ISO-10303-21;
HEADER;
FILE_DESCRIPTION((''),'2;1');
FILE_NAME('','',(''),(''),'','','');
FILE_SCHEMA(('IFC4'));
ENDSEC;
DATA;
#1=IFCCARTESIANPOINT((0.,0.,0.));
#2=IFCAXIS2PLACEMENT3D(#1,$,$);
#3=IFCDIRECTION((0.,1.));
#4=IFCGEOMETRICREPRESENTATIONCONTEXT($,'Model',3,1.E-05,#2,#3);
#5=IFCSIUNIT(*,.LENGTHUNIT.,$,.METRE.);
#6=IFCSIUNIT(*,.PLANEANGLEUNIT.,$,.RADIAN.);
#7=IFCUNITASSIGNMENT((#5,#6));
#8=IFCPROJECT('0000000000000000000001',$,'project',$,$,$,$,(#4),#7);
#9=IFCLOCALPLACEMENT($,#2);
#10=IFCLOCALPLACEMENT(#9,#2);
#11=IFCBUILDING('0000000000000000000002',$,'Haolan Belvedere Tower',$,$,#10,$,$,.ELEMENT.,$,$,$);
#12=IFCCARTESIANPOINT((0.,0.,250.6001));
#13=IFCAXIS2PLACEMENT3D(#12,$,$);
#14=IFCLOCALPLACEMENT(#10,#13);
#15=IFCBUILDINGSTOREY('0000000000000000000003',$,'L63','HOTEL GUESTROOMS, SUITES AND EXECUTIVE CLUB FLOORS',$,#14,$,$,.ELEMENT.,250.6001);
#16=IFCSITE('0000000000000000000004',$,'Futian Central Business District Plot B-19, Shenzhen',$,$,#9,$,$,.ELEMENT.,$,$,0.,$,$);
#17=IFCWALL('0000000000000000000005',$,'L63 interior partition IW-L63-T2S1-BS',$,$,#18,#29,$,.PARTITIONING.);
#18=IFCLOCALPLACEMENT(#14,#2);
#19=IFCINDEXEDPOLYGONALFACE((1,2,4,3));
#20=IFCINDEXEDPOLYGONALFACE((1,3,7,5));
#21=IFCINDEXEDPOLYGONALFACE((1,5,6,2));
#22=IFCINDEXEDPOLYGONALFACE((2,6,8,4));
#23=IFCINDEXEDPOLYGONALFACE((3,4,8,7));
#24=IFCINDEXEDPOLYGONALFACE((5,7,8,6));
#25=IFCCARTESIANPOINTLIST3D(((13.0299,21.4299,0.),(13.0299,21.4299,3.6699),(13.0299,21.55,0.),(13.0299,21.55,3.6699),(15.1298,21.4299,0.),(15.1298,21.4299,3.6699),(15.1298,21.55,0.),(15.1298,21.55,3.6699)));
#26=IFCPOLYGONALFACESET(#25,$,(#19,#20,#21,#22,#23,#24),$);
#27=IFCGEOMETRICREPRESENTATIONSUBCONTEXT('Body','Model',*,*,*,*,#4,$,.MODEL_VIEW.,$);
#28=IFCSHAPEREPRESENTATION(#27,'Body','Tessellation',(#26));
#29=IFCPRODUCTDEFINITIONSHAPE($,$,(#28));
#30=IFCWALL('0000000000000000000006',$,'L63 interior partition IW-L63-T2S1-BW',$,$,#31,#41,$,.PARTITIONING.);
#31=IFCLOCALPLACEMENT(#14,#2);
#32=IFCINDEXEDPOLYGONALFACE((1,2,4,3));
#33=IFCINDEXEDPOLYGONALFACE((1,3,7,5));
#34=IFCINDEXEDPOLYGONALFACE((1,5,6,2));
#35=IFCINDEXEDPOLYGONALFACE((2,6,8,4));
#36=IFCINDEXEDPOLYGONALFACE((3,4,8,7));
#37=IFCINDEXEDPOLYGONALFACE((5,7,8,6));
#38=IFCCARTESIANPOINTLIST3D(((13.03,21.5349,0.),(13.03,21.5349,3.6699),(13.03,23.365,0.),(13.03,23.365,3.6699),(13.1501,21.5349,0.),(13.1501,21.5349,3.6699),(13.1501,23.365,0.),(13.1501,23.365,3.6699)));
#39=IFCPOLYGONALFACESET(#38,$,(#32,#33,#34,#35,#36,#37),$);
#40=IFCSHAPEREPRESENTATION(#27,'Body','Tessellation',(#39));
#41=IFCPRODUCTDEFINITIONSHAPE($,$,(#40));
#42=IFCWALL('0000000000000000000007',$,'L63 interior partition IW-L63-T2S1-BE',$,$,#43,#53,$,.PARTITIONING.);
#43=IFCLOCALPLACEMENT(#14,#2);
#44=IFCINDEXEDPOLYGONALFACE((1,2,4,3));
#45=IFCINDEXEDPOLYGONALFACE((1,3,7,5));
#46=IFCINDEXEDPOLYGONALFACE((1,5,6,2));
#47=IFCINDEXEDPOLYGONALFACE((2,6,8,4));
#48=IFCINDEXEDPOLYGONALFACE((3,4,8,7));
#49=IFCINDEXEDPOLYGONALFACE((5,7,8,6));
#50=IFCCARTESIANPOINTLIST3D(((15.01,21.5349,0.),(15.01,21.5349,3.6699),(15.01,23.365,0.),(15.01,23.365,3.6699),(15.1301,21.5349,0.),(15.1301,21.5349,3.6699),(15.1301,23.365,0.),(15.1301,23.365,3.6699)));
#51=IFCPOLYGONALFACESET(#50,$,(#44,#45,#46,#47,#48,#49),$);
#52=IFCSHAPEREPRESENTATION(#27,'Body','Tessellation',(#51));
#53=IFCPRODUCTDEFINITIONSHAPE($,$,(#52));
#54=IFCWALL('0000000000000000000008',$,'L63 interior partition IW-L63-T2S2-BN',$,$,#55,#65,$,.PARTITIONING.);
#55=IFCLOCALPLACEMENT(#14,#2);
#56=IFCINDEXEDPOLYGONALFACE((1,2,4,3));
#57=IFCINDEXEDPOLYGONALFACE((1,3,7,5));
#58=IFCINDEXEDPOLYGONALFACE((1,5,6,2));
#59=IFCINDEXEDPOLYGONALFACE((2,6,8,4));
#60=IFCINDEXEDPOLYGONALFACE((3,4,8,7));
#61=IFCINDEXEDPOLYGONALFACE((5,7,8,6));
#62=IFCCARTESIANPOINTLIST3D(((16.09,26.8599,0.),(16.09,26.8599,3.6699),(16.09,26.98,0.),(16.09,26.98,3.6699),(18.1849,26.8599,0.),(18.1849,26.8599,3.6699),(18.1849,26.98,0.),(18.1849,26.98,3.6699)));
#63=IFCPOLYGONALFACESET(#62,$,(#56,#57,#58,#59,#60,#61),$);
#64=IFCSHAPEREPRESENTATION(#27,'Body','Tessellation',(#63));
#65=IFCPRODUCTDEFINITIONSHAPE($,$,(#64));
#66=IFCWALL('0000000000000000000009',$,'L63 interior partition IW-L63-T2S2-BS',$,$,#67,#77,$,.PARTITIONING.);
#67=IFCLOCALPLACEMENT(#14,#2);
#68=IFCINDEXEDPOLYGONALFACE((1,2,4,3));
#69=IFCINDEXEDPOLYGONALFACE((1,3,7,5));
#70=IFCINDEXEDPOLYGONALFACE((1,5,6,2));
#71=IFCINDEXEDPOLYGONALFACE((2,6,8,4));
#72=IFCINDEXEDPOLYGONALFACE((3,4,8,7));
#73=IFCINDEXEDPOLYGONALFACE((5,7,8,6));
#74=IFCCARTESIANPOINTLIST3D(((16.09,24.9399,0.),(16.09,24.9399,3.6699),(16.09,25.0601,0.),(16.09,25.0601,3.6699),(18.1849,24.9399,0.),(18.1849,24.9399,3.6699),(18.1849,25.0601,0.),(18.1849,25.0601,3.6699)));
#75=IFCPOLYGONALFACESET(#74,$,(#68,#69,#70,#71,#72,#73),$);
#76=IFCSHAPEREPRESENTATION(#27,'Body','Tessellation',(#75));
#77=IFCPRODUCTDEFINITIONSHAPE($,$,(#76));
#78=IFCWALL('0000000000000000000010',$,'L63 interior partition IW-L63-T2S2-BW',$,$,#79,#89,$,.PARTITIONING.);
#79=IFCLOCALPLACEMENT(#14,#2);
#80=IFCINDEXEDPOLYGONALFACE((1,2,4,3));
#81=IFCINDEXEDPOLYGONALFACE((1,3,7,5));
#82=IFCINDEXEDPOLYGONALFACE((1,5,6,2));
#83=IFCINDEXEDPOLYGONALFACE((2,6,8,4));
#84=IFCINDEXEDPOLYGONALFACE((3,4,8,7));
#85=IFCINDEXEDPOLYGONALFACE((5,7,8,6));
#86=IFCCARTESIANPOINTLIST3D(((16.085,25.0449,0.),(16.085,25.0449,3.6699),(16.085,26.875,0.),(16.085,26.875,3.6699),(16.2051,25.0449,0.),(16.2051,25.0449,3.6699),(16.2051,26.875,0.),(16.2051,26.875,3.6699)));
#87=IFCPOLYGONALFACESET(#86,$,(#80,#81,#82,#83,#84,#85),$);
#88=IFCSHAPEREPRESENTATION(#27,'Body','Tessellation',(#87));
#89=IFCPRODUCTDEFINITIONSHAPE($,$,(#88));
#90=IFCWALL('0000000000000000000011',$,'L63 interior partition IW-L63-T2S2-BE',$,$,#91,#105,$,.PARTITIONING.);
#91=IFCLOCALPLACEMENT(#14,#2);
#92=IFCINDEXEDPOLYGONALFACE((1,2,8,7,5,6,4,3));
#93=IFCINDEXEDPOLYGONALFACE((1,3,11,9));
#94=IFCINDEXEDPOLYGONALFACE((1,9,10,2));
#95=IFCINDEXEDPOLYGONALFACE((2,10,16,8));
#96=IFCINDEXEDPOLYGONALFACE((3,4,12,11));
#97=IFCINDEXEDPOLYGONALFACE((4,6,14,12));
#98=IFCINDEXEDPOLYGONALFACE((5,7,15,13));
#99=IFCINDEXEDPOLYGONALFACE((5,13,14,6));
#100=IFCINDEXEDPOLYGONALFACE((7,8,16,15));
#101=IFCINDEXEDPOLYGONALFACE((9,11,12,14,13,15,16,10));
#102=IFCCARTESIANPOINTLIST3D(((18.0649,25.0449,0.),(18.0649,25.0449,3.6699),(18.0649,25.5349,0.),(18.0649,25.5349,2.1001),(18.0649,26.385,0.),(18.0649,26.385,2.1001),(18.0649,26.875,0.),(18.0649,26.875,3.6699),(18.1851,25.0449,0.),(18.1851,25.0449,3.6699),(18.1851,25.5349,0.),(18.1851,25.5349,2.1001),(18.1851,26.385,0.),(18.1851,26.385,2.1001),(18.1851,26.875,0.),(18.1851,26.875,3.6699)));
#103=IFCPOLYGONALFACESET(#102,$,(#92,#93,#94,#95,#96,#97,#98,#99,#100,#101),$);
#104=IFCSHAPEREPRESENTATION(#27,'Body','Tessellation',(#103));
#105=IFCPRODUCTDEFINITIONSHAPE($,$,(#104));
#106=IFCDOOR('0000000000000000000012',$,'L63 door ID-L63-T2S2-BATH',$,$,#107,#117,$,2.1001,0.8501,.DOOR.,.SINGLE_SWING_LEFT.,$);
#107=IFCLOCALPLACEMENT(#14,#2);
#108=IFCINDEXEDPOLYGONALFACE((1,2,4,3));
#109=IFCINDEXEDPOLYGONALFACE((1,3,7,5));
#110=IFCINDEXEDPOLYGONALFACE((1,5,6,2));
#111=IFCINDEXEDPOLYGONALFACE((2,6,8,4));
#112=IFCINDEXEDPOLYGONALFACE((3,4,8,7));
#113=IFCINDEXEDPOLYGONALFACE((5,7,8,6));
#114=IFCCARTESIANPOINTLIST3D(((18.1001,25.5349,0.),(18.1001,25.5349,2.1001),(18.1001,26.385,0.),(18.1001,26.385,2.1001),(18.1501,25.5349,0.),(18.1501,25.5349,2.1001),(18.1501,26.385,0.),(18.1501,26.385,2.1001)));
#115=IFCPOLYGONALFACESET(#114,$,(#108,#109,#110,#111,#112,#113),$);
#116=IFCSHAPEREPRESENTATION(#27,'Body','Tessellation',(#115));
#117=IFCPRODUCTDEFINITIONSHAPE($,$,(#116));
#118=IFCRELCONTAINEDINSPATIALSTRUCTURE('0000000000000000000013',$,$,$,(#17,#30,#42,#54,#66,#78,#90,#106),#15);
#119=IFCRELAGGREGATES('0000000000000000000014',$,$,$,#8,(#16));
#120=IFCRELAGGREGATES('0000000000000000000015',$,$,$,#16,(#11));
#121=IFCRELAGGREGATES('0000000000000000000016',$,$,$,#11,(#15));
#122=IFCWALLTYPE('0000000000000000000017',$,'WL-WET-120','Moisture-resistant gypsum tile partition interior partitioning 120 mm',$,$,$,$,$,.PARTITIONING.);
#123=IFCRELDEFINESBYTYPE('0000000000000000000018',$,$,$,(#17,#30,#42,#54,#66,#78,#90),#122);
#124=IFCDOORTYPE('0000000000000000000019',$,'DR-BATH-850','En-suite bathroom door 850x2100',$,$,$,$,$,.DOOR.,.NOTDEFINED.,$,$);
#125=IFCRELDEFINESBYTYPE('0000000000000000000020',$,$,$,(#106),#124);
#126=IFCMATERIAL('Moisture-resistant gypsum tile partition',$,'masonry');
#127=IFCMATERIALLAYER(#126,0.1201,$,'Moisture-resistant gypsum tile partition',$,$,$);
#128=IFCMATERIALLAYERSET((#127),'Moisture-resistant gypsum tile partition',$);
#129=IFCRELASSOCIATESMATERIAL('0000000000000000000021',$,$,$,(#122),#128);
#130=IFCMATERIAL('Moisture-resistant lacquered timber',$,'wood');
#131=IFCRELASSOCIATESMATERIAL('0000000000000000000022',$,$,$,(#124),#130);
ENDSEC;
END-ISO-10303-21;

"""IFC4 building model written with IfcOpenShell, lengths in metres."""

from ifc_helpers import new_model, si_unit, direction, frame, frame_2d, origin, place, context, subcontext, project, spatial, rectangle, extrude, material, layer, layer_set, type_object, element, fill, save


model = new_model("IFC4")

# Units and contexts
model_context = context("Model", 3, precision=1e-05, world=origin(), true_north=direction((0.0, 1.0)))
body_context = subcontext(model_context, "Body", "Model", "MODEL_VIEW")
ifc_project = project(units=[si_unit("LENGTHUNIT", "METRE"), si_unit("PLANEANGLEUNIT", "RADIAN")], contexts=[model_context])

# Site, building, storey
site_placement = place(None, origin())
site = spatial("IfcSite", under=ifc_project, at=site_placement, Name="Futian Central Business District Plot B-19, Shenzhen", CompositionType="ELEMENT", RefElevation=0.0)
building_placement = place(site_placement, origin())
building = spatial("IfcBuilding", under=site, at=building_placement, Name="Haolan Belvedere Tower", CompositionType="ELEMENT")
storey_placement = place(building_placement, frame((0.0, 0.0, 250.6001)))
storey = spatial("IfcBuildingStorey", under=building, at=storey_placement, Name="L63", Description="HOTEL GUESTROOMS, SUITES AND EXECUTIVE CLUB FLOORS", CompositionType="ELEMENT", Elevation=250.6001)

# Shared definitions
ifc_material_1 = material(Name="Moisture-resistant gypsum tile partition", Category="masonry")
ifc_layer_1 = layer(ifc_material_1, 0.1201, Name="Moisture-resistant gypsum tile partition")
ifc_layer_set_1 = layer_set([ifc_layer_1], Name="Moisture-resistant gypsum tile partition")
wall_type_1 = type_object("IfcWallType", Name="WL-WET-120", Description="Moisture-resistant gypsum tile partition interior partitioning 120 mm", PredefinedType="PARTITIONING", material=ifc_layer_set_1)
ifc_material_2 = material(Name="Moisture-resistant lacquered timber", Category="wood")
door_type_1 = type_object("IfcDoorType", Name="DR-BATH-850", Description="En-suite bathroom door 850x2100", OperationType="NOTDEFINED", PredefinedType="DOOR", material=ifc_material_2)

# Walls
wall_1_placement = place(storey_placement, frame((13.03, 21.49, 0.0), z_axis=(0.0, 0.0, 1.0), x_axis=(1.0, 0.0, 0.0)))
element("IfcWall", 1, at=wall_1_placement, inside=storey, type_object=wall_type_1, Name="L63 interior partition IW-L63-T2S1-BS", PredefinedType="PARTITIONING", context=body_context, shape_type="SweptSolid", body=[
    extrude(rectangle(XDim=2.0999, YDim=0.1201, at=frame_2d((1.0498, 0.0))), origin(), (0.0, 0.0, 1.0), 3.6699),
])
for number, where, z_axis, x_axis, name in (
    (2, (13.0901, 21.5349, 0.0), (0.0, 0.0, 1.0), (0.0, 1.0, 0.0), "L63 interior partition IW-L63-T2S1-BW"),
    (3, (15.0701, 21.5349, 0.0), (0.0, 0.0, 1.0), (0.0, 1.0, 0.0), "L63 interior partition IW-L63-T2S1-BE"),
):
    element("IfcWall", number, at=place(storey_placement, frame(where, z_axis=z_axis, x_axis=x_axis)), inside=storey, type_object=wall_type_1, Name=name, PredefinedType="PARTITIONING", context=body_context, shape_type="SweptSolid", body=[
        extrude(rectangle(XDim=1.8301, YDim=0.1201, at=frame_2d((0.915, 0.0))), origin(), (0.0, 0.0, 1.0), 3.6699),
    ])
for number, where, z_axis, x_axis, name in (
    (4, (16.0901, 26.9199, 0.0), (0.0, 0.0, 1.0), (1.0, 0.0, 0.0), "L63 interior partition IW-L63-T2S2-BN"),
    (5, (16.0901, 25.0, 0.0), (0.0, 0.0, 1.0), (1.0, 0.0, 0.0), "L63 interior partition IW-L63-T2S2-BS"),
):
    element("IfcWall", number, at=place(storey_placement, frame(where, z_axis=z_axis, x_axis=x_axis)), inside=storey, type_object=wall_type_1, Name=name, PredefinedType="PARTITIONING", context=body_context, shape_type="SweptSolid", body=[
        extrude(rectangle(XDim=2.095, YDim=0.1201, at=frame_2d((1.0474, 0.0))), origin(), (0.0, 0.0, 1.0), 3.6699),
    ])
wall_2_placement = place(storey_placement, frame((16.145, 25.0449, 0.0), z_axis=(0.0, 0.0, 1.0), x_axis=(0.0, 1.0, 0.0)))
element("IfcWall", 6, at=wall_2_placement, inside=storey, type_object=wall_type_1, Name="L63 interior partition IW-L63-T2S2-BW", PredefinedType="PARTITIONING", context=body_context, shape_type="SweptSolid", body=[
    extrude(rectangle(XDim=1.8301, YDim=0.1201, at=frame_2d((0.915, 0.0))), origin(), (0.0, 0.0, 1.0), 3.6699),
])

# Wall, opening, door
wall_3_placement = place(storey_placement, frame((18.125, 25.0449, 0.0), z_axis=(0.0, 0.0, 1.0), x_axis=(0.0, 1.0, 0.0)))
wall_3 = element("IfcWall", 7, at=wall_3_placement, inside=storey, type_object=wall_type_1, Name="L63 interior partition IW-L63-T2S2-BE", PredefinedType="PARTITIONING", context=body_context, shape_type="SweptSolid", body=[
    extrude(rectangle(XDim=1.8301, YDim=0.1201, at=frame_2d((0.915, 0.0))), origin(), (0.0, 0.0, 1.0), 3.6699),
])
opening_1_placement = place(wall_3_placement, frame((0.49, 0.0, 0.0)))
opening_1 = element("IfcOpeningElement", 8, at=opening_1_placement, cuts=wall_3, PredefinedType="OPENING", context=body_context, shape_type="SweptSolid", body=[
    extrude(rectangle(XDim=0.8501, YDim=2.1001, at=frame_2d((0.425, 1.05))), frame((0.0, 0.0701, 0.0), z_axis=(0.0, -1.0, 0.0), x_axis=(1.0, 0.0, 0.0)), (0.0, 0.0, 1.0), 0.1401),
])
door_1_placement = place(opening_1_placement, origin())
door_1 = element("IfcDoor", 9, at=door_1_placement, inside=storey, type_object=door_type_1, Name="L63 door ID-L63-T2S2-BATH", OperationType="SINGLE_SWING_LEFT", OverallHeight=2.1001, OverallWidth=0.8501, PredefinedType="DOOR", context=body_context, shape_type="SweptSolid", body=[
    extrude(rectangle(XDim=0.8501, YDim=2.1001, at=frame_2d((0.425, 1.05))), frame((0.0, 0.0249, 0.0), z_axis=(0.0, -1.0, 0.0), x_axis=(1.0, 0.0, 0.0)), (0.0, 0.0, 1.0), 0.05),
])
fill(opening_1, door_1)

save(model, "model.ifc")
